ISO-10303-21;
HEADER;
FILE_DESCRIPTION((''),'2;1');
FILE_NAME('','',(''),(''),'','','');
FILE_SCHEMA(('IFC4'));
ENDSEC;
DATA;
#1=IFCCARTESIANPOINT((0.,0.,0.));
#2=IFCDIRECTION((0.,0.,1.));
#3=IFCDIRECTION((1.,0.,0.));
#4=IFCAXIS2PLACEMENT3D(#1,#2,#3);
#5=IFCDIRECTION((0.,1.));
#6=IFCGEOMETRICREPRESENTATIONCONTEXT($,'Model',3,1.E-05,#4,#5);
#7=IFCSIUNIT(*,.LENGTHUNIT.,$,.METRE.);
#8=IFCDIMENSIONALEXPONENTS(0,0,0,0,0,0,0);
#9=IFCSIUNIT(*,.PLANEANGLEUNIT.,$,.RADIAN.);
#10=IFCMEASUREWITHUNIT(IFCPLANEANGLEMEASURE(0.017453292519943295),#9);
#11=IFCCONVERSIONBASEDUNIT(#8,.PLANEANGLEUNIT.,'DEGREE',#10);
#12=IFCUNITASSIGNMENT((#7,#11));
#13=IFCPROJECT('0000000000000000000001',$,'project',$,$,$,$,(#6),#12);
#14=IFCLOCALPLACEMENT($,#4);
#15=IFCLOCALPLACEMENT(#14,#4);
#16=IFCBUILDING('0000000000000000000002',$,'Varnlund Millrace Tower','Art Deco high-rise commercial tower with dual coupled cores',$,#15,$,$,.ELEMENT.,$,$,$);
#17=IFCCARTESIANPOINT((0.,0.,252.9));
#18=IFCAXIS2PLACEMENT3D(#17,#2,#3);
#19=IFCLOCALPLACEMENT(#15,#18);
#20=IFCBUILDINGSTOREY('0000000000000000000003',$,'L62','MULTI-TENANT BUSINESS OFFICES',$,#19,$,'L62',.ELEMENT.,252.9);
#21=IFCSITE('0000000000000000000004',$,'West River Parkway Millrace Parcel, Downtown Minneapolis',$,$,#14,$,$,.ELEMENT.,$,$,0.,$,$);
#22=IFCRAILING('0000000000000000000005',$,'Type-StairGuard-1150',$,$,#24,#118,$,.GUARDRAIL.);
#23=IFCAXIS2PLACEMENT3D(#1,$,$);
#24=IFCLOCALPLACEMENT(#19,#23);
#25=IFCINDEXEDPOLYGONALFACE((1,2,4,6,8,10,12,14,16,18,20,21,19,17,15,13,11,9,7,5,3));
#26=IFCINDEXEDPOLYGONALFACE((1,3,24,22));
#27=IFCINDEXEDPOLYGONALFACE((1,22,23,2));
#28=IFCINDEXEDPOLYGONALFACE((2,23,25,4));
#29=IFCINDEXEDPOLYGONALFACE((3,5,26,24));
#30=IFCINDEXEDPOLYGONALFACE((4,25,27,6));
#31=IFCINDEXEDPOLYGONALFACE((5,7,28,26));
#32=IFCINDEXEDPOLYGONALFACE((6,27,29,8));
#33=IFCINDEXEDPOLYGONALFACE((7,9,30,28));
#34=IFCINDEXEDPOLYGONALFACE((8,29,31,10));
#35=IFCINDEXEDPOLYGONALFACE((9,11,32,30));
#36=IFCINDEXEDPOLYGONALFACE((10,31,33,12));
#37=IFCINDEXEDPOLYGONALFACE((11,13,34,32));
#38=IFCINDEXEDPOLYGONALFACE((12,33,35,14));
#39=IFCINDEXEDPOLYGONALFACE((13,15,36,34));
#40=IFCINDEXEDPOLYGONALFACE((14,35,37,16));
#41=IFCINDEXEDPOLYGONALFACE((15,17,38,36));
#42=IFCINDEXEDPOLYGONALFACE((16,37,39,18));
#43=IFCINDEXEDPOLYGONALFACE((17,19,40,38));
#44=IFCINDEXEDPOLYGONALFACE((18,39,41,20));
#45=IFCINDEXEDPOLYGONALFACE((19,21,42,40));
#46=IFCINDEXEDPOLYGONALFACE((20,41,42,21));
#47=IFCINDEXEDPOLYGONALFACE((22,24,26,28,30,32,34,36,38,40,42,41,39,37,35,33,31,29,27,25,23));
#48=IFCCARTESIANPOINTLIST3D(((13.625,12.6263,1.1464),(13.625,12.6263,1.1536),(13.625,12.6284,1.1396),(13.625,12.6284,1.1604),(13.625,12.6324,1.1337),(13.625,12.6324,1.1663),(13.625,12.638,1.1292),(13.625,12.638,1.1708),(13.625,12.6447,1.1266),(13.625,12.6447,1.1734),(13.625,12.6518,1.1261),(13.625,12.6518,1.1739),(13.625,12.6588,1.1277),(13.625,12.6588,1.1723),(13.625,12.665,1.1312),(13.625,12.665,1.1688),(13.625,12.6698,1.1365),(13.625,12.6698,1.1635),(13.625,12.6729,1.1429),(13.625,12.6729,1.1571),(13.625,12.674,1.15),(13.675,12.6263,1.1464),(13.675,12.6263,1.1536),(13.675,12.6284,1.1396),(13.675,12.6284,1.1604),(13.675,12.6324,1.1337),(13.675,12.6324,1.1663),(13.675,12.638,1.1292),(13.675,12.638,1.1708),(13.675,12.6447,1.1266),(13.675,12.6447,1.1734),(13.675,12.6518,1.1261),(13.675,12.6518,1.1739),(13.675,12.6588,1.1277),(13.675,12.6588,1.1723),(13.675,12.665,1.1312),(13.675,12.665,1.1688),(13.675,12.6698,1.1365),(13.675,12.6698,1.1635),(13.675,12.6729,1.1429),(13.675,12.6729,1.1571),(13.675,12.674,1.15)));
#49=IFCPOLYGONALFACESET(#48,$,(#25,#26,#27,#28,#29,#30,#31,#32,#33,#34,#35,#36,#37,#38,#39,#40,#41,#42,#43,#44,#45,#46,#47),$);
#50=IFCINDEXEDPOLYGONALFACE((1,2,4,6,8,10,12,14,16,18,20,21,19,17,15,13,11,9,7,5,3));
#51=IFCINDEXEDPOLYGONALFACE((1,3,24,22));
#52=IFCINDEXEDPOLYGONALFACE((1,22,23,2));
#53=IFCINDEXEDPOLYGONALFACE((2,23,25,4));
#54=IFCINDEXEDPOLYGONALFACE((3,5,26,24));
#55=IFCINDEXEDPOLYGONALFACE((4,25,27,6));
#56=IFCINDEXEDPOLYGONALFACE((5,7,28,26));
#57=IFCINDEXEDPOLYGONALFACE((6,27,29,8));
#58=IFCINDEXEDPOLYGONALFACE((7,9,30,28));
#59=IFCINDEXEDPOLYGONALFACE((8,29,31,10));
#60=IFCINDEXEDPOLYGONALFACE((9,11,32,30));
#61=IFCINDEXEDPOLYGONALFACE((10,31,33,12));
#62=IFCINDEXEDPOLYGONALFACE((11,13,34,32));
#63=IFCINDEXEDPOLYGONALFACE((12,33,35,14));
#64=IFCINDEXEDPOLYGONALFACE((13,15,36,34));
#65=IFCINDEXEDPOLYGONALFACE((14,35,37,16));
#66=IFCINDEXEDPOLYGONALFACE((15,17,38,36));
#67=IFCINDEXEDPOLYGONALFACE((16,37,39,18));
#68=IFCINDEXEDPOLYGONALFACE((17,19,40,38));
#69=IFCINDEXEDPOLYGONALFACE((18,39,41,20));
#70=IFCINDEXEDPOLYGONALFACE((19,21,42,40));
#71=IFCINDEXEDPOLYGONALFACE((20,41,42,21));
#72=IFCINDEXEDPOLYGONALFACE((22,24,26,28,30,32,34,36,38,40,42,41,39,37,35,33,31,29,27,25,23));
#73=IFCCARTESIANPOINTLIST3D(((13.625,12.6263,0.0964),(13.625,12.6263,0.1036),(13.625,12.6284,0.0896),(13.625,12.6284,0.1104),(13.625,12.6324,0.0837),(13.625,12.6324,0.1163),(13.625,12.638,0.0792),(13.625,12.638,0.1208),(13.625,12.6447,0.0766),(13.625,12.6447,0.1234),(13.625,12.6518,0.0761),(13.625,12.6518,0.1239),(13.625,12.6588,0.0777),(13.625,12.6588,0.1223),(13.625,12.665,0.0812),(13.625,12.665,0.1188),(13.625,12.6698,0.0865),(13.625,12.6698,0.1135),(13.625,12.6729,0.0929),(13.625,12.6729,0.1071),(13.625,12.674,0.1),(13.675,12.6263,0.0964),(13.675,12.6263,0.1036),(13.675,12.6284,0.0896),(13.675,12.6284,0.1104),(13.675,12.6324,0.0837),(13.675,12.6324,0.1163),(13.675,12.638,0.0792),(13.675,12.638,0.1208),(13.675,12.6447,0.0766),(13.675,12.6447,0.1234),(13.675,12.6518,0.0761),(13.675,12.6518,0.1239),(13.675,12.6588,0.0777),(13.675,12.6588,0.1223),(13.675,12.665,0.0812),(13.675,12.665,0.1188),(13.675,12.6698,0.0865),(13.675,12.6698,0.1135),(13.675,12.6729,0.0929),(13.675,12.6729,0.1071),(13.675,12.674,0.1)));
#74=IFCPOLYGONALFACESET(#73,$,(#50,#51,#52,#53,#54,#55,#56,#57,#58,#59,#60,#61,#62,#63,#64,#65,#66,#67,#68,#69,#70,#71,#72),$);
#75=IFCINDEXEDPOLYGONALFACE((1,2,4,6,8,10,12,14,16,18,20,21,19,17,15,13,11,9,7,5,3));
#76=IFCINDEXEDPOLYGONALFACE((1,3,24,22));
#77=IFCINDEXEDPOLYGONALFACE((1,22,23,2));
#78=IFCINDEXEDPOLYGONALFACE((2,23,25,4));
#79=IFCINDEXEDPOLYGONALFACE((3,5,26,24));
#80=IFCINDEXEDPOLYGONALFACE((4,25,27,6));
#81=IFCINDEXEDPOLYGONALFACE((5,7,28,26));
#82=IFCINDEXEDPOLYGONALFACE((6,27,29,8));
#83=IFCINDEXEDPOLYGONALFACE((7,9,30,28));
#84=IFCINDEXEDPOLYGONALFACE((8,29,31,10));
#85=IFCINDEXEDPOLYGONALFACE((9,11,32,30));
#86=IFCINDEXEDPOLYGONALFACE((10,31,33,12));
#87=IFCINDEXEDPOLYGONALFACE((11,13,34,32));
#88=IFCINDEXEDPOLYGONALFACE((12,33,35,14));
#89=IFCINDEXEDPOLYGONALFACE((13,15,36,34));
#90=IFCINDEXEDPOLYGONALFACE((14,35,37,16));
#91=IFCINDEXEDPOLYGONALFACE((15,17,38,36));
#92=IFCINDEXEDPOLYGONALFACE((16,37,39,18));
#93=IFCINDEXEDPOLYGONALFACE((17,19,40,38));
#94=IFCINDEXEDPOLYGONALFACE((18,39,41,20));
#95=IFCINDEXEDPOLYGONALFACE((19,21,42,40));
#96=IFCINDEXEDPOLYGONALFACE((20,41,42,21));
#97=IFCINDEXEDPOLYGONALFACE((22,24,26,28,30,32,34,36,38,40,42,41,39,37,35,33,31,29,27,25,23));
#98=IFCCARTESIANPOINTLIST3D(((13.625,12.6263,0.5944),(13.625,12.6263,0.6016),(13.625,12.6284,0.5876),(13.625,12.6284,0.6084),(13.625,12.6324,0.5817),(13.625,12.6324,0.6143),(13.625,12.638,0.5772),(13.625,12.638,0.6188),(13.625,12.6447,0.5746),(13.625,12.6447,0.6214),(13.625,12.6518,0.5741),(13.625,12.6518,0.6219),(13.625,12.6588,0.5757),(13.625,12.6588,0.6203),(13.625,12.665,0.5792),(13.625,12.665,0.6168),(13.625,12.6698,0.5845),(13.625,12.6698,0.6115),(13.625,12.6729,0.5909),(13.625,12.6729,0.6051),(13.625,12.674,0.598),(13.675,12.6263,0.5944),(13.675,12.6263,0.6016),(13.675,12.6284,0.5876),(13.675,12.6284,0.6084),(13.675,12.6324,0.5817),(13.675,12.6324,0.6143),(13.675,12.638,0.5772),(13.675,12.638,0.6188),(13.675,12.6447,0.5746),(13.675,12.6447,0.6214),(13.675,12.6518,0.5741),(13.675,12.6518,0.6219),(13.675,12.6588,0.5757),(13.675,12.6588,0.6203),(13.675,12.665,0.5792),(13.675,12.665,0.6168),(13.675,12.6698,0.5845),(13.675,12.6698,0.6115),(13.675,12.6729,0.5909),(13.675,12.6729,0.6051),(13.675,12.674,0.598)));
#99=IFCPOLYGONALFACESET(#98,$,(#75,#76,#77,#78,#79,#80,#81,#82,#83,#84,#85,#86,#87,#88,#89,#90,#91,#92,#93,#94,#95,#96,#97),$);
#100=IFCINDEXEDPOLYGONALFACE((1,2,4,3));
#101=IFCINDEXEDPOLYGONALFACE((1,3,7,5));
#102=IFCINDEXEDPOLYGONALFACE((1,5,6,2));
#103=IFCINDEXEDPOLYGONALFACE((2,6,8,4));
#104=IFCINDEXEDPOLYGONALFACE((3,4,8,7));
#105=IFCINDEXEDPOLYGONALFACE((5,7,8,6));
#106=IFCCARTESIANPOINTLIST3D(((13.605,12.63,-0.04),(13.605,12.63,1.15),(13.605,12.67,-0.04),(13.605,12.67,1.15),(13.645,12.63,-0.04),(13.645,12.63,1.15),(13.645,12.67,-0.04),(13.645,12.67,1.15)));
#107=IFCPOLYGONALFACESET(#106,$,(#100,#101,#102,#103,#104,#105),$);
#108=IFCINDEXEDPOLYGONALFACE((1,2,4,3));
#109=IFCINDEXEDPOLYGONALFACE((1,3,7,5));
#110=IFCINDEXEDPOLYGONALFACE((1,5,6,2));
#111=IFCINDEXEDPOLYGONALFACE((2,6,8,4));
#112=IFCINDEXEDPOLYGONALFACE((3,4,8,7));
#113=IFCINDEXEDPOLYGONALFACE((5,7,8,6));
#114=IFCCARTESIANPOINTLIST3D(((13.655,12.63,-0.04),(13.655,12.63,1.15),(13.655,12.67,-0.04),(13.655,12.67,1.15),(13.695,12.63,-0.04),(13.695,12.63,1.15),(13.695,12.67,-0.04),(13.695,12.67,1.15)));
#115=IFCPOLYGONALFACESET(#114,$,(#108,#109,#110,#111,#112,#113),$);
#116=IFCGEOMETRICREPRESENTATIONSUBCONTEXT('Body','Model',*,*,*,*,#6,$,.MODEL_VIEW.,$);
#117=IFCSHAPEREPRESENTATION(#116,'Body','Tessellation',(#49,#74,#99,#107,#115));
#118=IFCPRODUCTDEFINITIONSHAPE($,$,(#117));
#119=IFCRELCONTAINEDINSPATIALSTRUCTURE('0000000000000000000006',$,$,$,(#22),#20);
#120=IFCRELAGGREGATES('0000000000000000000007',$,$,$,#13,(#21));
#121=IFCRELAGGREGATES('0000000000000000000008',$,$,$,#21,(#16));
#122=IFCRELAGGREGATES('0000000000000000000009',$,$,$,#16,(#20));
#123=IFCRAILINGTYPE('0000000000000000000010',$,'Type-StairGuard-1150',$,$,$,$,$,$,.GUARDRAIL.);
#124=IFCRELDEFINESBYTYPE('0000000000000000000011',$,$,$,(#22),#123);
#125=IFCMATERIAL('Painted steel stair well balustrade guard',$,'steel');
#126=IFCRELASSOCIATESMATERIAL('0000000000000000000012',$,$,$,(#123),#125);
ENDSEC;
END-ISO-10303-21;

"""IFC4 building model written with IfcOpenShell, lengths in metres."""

from ifc_helpers import new_model, entity, si_unit, converted_unit, direction, frame, origin_with_axes, origin_2d_with_axis, place, context, subcontext, project, spatial, rectangle, circle, extrude, material, type_object, element, save


model = new_model("IFC4")

# Units and contexts
model_context = context("Model", 3, precision=1e-05, world=origin_with_axes(), true_north=direction((0.0, 1.0)))
body_context = subcontext(model_context, "Body", "Model", "MODEL_VIEW")
ifc_project = project(units=[si_unit("LENGTHUNIT", "METRE"), converted_unit("PLANEANGLEUNIT", "DEGREE", entity("IfcPlaneAngleMeasure", 0.017453292519943295), si_unit("PLANEANGLEUNIT", "RADIAN"), dimensions=[0, 0, 0, 0, 0, 0, 0])], contexts=[model_context])

# Site, building, storey
site_placement = place(None, origin_with_axes())
site = spatial("IfcSite", under=ifc_project, at=site_placement, Name="West River Parkway Millrace Parcel, Downtown Minneapolis", CompositionType="ELEMENT", RefElevation=0.0)
building_placement = place(site_placement, origin_with_axes())
building = spatial("IfcBuilding", under=site, at=building_placement, Name="Varnlund Millrace Tower", Description="Art Deco high-rise commercial tower with dual coupled cores", CompositionType="ELEMENT")
storey_placement = place(building_placement, frame((0.0, 0.0, 252.9), z_axis=(0.0, 0.0, 1.0), x_axis=(1.0, 0.0, 0.0)))
storey = spatial("IfcBuildingStorey", under=building, at=storey_placement, Name="L62", Description="MULTI-TENANT BUSINESS OFFICES", LongName="L62", CompositionType="ELEMENT", Elevation=252.9)

# Railing
ifc_material_1 = material(Name="Painted steel stair well balustrade guard", Category="steel")
railing_type_1 = type_object("IfcRailingType", Name="Type-StairGuard-1150", PredefinedType="GUARDRAIL", material=ifc_material_1)
railing_1_placement = place(storey_placement, frame((0.0, 0.0, -252.9), z_axis=(0.0, 0.0, 1.0), x_axis=(1.0, 0.0, 0.0)))
element("IfcRailing", 1, at=railing_1_placement, inside=storey, type_object=railing_type_1, Name="Type-StairGuard-1150", PredefinedType="GUARDRAIL", context=body_context, shape_type="SweptSolid", body=[
    extrude(circle(Radius=0.024, at=origin_2d_with_axis()), frame((13.625, 12.65, 254.05), z_axis=(1.0, 0.0, 0.0), x_axis=(0.0, 1.0, 0.0)), (0.0, 0.0, 1.0), 0.05),
    extrude(circle(Radius=0.024, at=origin_2d_with_axis()), frame((13.625, 12.65, 253.0), z_axis=(1.0, 0.0, 0.0), x_axis=(0.0, 1.0, 0.0)), (0.0, 0.0, 1.0), 0.05),
    extrude(circle(Radius=0.024, at=origin_2d_with_axis()), frame((13.625, 12.65, 253.498), z_axis=(1.0, 0.0, 0.0), x_axis=(0.0, 1.0, 0.0)), (0.0, 0.0, 1.0), 0.05),
    extrude(rectangle(XDim=0.04, YDim=0.04, at=origin_2d_with_axis()), frame((13.625, 12.65, 252.86), z_axis=(0.0, 0.0, 1.0), x_axis=(1.0, 0.0, 0.0)), (0.0, 0.0, 1.0), 1.19),
    extrude(rectangle(XDim=0.04, YDim=0.04, at=origin_2d_with_axis()), frame((13.675, 12.65, 252.86), z_axis=(0.0, 0.0, 1.0), x_axis=(1.0, 0.0, 0.0)), (0.0, 0.0, 1.0), 1.19),
])

save(model, "model.ifc")
